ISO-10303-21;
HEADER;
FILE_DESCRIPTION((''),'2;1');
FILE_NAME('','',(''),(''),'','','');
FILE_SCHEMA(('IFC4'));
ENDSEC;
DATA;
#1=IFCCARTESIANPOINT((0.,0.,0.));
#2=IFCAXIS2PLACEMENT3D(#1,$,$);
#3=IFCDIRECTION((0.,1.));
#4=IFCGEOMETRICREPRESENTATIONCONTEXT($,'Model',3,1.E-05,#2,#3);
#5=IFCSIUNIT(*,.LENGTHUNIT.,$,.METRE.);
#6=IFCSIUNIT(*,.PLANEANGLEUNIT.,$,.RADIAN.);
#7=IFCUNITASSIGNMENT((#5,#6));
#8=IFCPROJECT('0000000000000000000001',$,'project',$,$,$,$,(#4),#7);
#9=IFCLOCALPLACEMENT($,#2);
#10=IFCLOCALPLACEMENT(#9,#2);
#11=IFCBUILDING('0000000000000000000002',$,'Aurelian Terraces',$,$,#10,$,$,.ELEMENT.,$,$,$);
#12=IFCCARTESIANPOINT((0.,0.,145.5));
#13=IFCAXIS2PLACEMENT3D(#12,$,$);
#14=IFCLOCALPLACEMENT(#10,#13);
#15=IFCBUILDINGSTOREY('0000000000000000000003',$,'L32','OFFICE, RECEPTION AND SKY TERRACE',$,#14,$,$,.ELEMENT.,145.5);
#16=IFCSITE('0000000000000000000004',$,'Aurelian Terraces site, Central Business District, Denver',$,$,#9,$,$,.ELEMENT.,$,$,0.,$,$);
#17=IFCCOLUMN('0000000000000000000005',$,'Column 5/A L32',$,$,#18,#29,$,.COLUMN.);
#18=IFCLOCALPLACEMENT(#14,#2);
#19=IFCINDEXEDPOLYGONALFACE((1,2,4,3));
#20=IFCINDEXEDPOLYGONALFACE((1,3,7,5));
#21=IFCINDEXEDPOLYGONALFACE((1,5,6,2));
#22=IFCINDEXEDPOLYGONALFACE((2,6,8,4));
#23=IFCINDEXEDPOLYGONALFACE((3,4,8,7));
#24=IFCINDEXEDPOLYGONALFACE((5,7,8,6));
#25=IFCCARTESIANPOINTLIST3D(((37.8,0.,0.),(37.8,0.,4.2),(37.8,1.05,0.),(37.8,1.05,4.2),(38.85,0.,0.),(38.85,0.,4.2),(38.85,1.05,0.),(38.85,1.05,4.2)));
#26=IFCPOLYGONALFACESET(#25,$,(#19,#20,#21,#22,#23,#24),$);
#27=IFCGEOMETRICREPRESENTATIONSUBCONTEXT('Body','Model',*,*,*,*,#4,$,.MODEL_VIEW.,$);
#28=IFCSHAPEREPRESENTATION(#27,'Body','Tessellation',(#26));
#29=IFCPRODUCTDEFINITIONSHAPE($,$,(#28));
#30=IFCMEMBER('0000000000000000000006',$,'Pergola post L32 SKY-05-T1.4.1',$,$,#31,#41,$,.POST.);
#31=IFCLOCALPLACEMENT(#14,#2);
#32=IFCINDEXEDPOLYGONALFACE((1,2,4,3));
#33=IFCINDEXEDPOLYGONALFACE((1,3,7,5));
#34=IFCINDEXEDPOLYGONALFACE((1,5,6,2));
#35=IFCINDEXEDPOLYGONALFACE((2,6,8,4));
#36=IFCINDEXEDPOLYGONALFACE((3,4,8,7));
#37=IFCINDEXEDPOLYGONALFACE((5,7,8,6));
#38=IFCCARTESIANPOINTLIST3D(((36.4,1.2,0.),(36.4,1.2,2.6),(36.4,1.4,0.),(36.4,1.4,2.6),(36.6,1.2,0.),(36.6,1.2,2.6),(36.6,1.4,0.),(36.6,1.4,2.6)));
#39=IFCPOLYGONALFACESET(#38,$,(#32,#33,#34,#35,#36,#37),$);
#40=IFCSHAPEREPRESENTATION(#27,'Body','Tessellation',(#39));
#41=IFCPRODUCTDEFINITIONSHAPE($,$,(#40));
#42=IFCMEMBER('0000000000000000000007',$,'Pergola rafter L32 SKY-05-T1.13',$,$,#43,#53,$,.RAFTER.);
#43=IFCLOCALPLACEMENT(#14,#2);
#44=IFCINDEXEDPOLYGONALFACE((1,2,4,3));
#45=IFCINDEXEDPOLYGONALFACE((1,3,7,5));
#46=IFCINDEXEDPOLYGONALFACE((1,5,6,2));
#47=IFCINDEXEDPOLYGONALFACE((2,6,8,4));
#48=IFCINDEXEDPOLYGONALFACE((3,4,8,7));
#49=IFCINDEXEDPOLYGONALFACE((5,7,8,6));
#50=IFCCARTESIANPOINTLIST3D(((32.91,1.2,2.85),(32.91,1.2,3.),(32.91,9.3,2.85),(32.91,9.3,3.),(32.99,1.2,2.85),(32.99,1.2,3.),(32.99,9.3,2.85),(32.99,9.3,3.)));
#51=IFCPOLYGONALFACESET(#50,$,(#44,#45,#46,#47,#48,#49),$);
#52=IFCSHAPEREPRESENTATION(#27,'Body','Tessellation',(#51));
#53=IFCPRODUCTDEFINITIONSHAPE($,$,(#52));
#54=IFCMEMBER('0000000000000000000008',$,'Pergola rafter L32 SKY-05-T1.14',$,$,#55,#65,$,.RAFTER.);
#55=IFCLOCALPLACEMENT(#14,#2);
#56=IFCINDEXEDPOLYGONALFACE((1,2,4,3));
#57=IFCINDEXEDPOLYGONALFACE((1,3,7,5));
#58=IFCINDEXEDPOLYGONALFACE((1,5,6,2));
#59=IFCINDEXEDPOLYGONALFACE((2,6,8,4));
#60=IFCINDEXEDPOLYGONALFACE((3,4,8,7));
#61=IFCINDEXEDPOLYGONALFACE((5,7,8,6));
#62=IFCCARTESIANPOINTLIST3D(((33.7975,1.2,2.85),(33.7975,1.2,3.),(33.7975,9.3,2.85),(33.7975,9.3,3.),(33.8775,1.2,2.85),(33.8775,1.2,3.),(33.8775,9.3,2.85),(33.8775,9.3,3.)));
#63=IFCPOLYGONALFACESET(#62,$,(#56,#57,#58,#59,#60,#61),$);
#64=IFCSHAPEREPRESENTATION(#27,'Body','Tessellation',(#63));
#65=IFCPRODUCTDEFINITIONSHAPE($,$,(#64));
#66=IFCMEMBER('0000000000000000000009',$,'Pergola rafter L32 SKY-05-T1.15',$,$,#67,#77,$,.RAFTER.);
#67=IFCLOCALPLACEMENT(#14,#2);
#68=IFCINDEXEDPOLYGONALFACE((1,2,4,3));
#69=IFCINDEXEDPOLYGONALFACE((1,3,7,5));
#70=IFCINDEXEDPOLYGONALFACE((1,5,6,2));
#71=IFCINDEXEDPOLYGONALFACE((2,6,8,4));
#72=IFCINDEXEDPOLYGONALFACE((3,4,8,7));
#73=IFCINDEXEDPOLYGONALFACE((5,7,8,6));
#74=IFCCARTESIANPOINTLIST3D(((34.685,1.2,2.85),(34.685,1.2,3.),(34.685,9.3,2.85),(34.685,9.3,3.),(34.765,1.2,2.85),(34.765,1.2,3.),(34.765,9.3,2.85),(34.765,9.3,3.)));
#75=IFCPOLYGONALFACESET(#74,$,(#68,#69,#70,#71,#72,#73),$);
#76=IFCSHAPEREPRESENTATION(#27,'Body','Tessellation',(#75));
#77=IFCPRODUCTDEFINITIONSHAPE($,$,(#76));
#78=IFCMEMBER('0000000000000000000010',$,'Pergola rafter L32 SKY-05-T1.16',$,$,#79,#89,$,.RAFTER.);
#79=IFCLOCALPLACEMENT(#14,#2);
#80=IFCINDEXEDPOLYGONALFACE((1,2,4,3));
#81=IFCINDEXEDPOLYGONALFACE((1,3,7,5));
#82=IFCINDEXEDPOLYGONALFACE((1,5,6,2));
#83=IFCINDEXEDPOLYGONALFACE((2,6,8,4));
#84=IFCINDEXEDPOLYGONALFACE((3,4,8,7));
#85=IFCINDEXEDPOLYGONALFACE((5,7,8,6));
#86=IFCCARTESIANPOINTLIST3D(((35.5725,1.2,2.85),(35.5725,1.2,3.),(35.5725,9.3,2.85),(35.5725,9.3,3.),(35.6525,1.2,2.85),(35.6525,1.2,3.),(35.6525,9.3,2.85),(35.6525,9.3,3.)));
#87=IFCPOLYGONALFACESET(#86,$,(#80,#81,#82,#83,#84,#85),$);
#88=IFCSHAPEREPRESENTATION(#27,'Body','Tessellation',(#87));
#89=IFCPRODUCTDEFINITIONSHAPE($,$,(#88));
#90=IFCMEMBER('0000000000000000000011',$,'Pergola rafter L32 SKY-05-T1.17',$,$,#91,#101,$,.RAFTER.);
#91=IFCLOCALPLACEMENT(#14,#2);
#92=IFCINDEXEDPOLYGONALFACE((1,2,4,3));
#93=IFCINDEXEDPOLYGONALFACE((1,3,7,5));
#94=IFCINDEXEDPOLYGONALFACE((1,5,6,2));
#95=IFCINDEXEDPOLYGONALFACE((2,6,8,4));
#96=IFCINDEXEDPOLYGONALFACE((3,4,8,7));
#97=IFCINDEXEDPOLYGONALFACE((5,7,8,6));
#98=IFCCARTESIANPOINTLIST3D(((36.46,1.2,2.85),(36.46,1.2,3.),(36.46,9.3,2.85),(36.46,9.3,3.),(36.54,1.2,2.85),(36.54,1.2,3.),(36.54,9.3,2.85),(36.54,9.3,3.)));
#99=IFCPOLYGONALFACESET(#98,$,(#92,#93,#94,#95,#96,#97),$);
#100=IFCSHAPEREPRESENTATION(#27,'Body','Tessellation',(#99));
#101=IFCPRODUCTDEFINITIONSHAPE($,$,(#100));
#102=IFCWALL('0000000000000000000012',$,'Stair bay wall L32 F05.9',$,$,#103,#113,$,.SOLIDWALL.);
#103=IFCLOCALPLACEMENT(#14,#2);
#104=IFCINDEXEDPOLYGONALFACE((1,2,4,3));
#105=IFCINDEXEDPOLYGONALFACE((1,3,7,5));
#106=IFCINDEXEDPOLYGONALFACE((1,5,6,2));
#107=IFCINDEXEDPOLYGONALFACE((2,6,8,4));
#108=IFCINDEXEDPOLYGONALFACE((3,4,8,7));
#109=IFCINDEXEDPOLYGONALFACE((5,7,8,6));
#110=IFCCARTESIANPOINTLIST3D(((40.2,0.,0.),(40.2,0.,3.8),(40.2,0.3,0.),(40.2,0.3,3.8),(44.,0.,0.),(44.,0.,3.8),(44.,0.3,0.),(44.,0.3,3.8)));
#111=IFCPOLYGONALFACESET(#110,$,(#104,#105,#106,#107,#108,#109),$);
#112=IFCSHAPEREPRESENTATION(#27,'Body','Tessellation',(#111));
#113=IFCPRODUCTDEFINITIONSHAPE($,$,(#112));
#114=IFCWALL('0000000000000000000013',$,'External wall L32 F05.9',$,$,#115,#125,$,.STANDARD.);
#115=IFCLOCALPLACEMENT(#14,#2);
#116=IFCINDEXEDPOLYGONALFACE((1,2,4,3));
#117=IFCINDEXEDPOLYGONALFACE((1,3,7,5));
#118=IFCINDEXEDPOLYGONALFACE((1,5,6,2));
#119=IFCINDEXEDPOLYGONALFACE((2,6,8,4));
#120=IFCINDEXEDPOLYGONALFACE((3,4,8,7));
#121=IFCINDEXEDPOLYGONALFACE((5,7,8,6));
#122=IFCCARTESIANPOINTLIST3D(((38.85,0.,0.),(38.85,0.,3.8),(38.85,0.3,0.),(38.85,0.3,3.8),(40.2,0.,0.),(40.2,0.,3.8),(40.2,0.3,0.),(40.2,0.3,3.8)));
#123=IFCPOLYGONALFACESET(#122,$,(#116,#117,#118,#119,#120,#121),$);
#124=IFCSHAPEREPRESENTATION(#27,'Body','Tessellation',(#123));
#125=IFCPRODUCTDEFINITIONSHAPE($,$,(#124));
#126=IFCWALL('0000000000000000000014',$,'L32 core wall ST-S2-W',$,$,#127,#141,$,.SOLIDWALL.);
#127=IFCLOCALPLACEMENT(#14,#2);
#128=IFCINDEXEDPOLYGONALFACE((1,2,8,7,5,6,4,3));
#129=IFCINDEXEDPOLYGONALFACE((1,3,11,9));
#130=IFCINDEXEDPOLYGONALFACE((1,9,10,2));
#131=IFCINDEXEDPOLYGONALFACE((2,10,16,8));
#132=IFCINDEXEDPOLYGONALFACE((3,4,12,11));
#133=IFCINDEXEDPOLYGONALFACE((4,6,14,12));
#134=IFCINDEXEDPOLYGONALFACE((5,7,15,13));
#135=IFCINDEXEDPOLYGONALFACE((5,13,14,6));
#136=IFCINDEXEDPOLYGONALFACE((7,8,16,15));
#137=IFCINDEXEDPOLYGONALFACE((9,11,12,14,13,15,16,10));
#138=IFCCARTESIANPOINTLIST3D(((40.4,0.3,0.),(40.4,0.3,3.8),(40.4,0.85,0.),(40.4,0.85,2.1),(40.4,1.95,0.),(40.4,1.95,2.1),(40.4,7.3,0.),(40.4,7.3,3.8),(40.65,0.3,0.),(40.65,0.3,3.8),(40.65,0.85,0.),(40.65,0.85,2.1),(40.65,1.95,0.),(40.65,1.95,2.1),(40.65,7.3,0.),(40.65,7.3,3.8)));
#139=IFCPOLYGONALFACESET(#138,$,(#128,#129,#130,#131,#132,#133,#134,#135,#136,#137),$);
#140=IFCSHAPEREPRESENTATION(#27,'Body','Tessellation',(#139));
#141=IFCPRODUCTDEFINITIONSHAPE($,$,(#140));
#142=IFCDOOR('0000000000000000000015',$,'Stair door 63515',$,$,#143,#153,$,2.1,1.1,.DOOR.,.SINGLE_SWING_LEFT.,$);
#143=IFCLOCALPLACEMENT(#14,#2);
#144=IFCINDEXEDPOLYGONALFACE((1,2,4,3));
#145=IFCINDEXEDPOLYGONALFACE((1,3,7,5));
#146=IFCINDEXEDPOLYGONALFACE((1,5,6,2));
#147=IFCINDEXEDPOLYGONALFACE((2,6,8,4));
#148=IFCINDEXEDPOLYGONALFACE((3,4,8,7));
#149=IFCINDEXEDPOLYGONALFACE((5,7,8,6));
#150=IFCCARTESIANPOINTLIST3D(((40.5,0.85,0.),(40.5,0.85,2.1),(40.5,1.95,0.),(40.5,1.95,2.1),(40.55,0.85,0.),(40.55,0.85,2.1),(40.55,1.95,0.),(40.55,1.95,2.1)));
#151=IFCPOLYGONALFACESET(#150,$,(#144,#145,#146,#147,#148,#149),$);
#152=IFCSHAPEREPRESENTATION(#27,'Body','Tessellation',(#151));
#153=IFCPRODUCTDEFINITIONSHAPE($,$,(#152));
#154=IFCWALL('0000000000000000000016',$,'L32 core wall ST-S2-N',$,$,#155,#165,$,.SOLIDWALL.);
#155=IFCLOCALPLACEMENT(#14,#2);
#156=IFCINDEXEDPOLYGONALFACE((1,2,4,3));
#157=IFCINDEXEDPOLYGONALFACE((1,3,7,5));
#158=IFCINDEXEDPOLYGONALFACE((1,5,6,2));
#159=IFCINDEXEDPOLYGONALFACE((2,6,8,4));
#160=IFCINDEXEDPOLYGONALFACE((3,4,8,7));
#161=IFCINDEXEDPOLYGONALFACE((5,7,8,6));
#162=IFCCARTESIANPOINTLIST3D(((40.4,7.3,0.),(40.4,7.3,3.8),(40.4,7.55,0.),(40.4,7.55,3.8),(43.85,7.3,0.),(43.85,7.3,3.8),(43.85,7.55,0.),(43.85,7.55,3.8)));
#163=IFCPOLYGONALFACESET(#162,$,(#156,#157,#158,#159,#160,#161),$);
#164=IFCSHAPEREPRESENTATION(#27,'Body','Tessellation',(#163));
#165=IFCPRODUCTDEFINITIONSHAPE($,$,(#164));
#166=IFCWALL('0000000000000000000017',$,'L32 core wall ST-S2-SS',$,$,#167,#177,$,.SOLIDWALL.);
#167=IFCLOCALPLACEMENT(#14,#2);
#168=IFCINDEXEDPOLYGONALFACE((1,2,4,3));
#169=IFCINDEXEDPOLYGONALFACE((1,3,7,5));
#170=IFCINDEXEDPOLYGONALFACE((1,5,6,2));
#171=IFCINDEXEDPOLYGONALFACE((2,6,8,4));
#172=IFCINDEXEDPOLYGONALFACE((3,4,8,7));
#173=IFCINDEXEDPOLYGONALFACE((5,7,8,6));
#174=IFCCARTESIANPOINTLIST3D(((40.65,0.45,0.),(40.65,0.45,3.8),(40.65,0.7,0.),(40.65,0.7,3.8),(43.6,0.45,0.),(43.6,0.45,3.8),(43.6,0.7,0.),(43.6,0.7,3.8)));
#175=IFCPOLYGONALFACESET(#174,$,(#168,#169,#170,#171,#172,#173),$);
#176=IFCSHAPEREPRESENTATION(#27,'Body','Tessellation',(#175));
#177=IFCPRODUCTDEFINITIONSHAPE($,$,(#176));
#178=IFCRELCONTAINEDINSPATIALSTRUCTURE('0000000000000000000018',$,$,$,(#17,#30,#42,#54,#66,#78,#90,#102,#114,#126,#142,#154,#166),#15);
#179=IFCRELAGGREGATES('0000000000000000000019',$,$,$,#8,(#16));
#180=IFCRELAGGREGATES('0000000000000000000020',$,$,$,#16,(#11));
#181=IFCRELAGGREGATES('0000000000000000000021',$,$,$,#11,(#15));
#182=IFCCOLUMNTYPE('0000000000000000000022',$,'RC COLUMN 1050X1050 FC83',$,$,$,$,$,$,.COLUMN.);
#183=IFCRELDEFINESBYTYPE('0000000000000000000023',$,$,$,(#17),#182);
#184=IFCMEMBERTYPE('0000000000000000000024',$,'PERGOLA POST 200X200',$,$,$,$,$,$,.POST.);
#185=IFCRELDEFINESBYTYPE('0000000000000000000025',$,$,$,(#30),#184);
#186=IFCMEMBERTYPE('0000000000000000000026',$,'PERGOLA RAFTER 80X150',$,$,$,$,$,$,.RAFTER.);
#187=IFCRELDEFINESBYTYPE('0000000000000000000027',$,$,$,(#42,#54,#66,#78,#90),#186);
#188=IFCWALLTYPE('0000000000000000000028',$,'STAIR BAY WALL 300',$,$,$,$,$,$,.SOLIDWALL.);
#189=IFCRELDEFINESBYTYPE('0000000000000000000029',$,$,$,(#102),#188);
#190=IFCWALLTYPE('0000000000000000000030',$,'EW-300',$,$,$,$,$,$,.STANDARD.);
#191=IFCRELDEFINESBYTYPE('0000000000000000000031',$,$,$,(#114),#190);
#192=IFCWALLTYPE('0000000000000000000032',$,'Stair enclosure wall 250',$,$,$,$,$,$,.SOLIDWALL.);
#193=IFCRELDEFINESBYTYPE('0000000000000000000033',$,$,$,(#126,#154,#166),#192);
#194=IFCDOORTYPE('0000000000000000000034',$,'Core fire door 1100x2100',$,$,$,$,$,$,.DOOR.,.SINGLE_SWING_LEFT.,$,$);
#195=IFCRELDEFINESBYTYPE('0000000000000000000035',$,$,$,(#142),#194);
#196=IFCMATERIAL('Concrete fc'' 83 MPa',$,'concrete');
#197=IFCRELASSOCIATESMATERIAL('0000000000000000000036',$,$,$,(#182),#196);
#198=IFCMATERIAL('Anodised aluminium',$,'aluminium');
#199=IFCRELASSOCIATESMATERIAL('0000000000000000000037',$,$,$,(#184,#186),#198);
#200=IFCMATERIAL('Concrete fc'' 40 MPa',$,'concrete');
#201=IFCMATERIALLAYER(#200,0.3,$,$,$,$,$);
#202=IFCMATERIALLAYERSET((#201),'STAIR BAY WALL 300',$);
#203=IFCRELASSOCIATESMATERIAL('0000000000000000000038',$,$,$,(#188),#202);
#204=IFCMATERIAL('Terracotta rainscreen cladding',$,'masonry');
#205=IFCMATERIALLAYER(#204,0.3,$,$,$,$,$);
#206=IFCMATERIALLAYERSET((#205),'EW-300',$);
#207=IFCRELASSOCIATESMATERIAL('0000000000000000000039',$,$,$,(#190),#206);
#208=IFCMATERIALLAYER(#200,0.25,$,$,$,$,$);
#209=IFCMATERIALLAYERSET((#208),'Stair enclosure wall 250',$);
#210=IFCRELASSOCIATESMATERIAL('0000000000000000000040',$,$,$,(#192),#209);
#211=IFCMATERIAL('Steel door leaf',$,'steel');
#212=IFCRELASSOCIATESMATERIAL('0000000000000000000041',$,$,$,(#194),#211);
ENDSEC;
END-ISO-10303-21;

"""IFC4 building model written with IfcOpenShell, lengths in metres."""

from ifc_helpers import new_model, si_unit, direction, frame, frame_2d, origin, origin_2d, place, context, subcontext, project, spatial, rectangle, extrude, source, transform, mapped, material, layer, layer_set, material_profile, profile_set, type_object, element, fill, save


model = new_model("IFC4")

# Units and contexts
model_context = context("Model", 3, precision=1e-05, world=origin(), true_north=direction((0.0, 1.0)))
body_context = subcontext(model_context, "Body", "Model", "MODEL_VIEW")
ifc_project = project(units=[si_unit("LENGTHUNIT", "METRE"), si_unit("PLANEANGLEUNIT", "RADIAN")], contexts=[model_context])

# Site, building, storey
site_placement = place(None, origin())
site = spatial("IfcSite", under=ifc_project, at=site_placement, Name="Aurelian Terraces site, Central Business District, Denver", CompositionType="ELEMENT", RefElevation=0.0)
building_placement = place(site_placement, origin())
building = spatial("IfcBuilding", under=site, at=building_placement, Name="Aurelian Terraces", CompositionType="ELEMENT")
storey_placement = place(building_placement, frame((0.0, 0.0, 145.5)))
storey = spatial("IfcBuildingStorey", under=building, at=storey_placement, Name="L32", Description="OFFICE, RECEPTION AND SKY TERRACE", CompositionType="ELEMENT", Elevation=145.5)

# Column
ifc_material_1 = material(Name="Concrete fc' 83 MPa", Category="concrete")
ifc_material_profile_1 = material_profile(ifc_material_1, rectangle(XDim=1.05, YDim=1.05, at=origin_2d()))
ifc_profile_set_1 = profile_set([ifc_material_profile_1], Name="Concrete fc' 83 MPa")
column_type = type_object("IfcColumnType", Name="RC COLUMN 1050X1050 FC83", PredefinedType="COLUMN", material=ifc_profile_set_1)
shared_shape_1 = source(origin(), body_context, "Body", "SweptSolid", [
    extrude(rectangle(XDim=1.05, YDim=1.05, at=origin_2d()), origin(), (0.0, 0.0, 1.0), 4.2),
])
column_placement = place(storey_placement, frame((38.325, 0.525, 0.0), z_axis=(0.0, 0.0, 1.0), x_axis=(1.0, 0.0, 0.0)))
element("IfcColumn", 1, at=column_placement, inside=storey, type_object=column_type, Name="Column 5/A L32", PredefinedType="COLUMN", context=body_context, shape_type="MappedRepresentation", body=[
    mapped(shared_shape_1, transform((0.0, 0.0, 0.0), scale=1.0)),
])

# Members
ifc_material_2 = material(Name="Anodised aluminium", Category="aluminium")
ifc_material_profile_2 = material_profile(ifc_material_2, rectangle(XDim=0.2, YDim=0.2, at=origin_2d()))
ifc_profile_set_2 = profile_set([ifc_material_profile_2], Name="Anodised aluminium")
member_type_1 = type_object("IfcMemberType", Name="PERGOLA POST 200X200", PredefinedType="POST", material=ifc_profile_set_2)
shared_shape_2 = source(origin(), body_context, "Body", "SweptSolid", [
    extrude(rectangle(XDim=0.2, YDim=0.2, at=origin_2d()), origin(), (0.0, 0.0, 1.0), 2.6),
])
member_placement = place(storey_placement, frame((36.5, 1.3, 0.0), z_axis=(0.0, 0.0, 1.0), x_axis=(1.0, 0.0, 0.0)))
element("IfcMember", 2, at=member_placement, inside=storey, type_object=member_type_1, Name="Pergola post L32 SKY-05-T1.4.1", PredefinedType="POST", context=body_context, shape_type="MappedRepresentation", body=[
    mapped(shared_shape_2, transform((0.0, 0.0, 0.0), scale=1.0)),
])
ifc_material_profile_3 = material_profile(ifc_material_2, rectangle(XDim=0.08, YDim=0.15, at=origin_2d()))
ifc_profile_set_3 = profile_set([ifc_material_profile_3], Name="Anodised aluminium")
member_type_2 = type_object("IfcMemberType", Name="PERGOLA RAFTER 80X150", PredefinedType="RAFTER", material=ifc_profile_set_3)
shared_shape_3 = source(origin(), body_context, "Body", "SweptSolid", [
    extrude(rectangle(XDim=0.08, YDim=0.15, at=origin_2d()), origin(), (0.0, 0.0, 1.0), 8.1),
])
for number, where, z_axis, x_axis, name in (
    (3, (32.95, 1.2, 2.925), (0.0, 1.0, 0.0), (-1.0, 0.0, 0.0), "Pergola rafter L32 SKY-05-T1.13"),
    (4, (33.8375, 1.2, 2.925), (0.0, 1.0, 0.0), (-1.0, 0.0, 0.0), "Pergola rafter L32 SKY-05-T1.14"),
    (5, (34.725, 1.2, 2.925), (0.0, 1.0, 0.0), (-1.0, 0.0, 0.0), "Pergola rafter L32 SKY-05-T1.15"),
    (6, (35.6125, 1.2, 2.925), (0.0, 1.0, 0.0), (-1.0, 0.0, 0.0), "Pergola rafter L32 SKY-05-T1.16"),
    (7, (36.5, 1.2, 2.925), (0.0, 1.0, 0.0), (-1.0, 0.0, 0.0), "Pergola rafter L32 SKY-05-T1.17"),
):
    element("IfcMember", number, at=place(storey_placement, frame(where, z_axis=z_axis, x_axis=x_axis)), inside=storey, type_object=member_type_2, Name=name, PredefinedType="RAFTER", context=body_context, shape_type="MappedRepresentation", body=[
        mapped(shared_shape_3, transform((0.0, 0.0, 0.0), scale=1.0)),
    ])

# Walls
ifc_material_3 = material(Name="Concrete fc' 40 MPa", Category="concrete")
ifc_layer_1 = layer(ifc_material_3, 0.3)
ifc_layer_set_1 = layer_set([ifc_layer_1], Name="STAIR BAY WALL 300")
wall_type_1 = type_object("IfcWallType", Name="STAIR BAY WALL 300", PredefinedType="SOLIDWALL", material=ifc_layer_set_1)
shared_shape_4 = source(origin(), body_context, "Body", "SweptSolid", [
    extrude(rectangle(XDim=3.8, YDim=0.3, at=frame_2d((1.9, 0.0))), origin(), (0.0, 0.0, 1.0), 3.8),
])
wall_1_placement = place(storey_placement, frame((40.2, 0.15, 0.0), z_axis=(0.0, 0.0, 1.0), x_axis=(1.0, 0.0, 0.0)))
element("IfcWall", 8, at=wall_1_placement, inside=storey, type_object=wall_type_1, Name="Stair bay wall L32 F05.9", PredefinedType="SOLIDWALL", context=body_context, shape_type="MappedRepresentation", body=[
    mapped(shared_shape_4, transform((0.0, 0.0, 0.0), scale=1.0)),
])
ifc_material_4 = material(Name="Terracotta rainscreen cladding", Category="masonry")
ifc_layer_2 = layer(ifc_material_4, 0.3)
ifc_layer_set_2 = layer_set([ifc_layer_2], Name="EW-300")
wall_type_2 = type_object("IfcWallType", Name="EW-300", PredefinedType="STANDARD", material=ifc_layer_set_2)
shared_shape_5 = source(origin(), body_context, "Body", "SweptSolid", [
    extrude(rectangle(XDim=1.35, YDim=0.3, at=frame_2d((0.675, 0.0))), origin(), (0.0, 0.0, 1.0), 3.8),
])
wall_2_placement = place(storey_placement, frame((38.85, 0.15, 0.0), z_axis=(0.0, 0.0, 1.0), x_axis=(1.0, 0.0, 0.0)))
element("IfcWall", 9, at=wall_2_placement, inside=storey, type_object=wall_type_2, Name="External wall L32 F05.9", PredefinedType="STANDARD", context=body_context, shape_type="MappedRepresentation", body=[
    mapped(shared_shape_5, transform((0.0, 0.0, 0.0), scale=1.0)),
])

# Wall, opening, door
ifc_layer_3 = layer(ifc_material_3, 0.25)
ifc_layer_set_3 = layer_set([ifc_layer_3], Name="Stair enclosure wall 250")
wall_type_3 = type_object("IfcWallType", Name="Stair enclosure wall 250", PredefinedType="SOLIDWALL", material=ifc_layer_set_3)
shared_shape_6 = source(origin(), body_context, "Body", "SweptSolid", [
    extrude(rectangle(XDim=7.0, YDim=0.25, at=frame_2d((3.5, 0.0))), origin(), (0.0, 0.0, 1.0), 3.8),
])
wall_3_placement = place(storey_placement, frame((40.525, 0.3, 0.0), z_axis=(0.0, 0.0, 1.0), x_axis=(0.0, 1.0, 0.0)))
wall_3 = element("IfcWall", 10, at=wall_3_placement, inside=storey, type_object=wall_type_3, Name="L32 core wall ST-S2-W", PredefinedType="SOLIDWALL", context=body_context, shape_type="MappedRepresentation", body=[
    mapped(shared_shape_6, transform((0.0, 0.0, 0.0), scale=1.0)),
])
shared_shape_7 = source(origin(), body_context, "Body", "SweptSolid", [
    extrude(rectangle(XDim=1.1, YDim=2.1, at=frame_2d((0.55, 1.05))), frame((0.0, 0.135, 0.0), z_axis=(0.0, -1.0, 0.0), x_axis=(1.0, 0.0, 0.0)), (0.0, 0.0, 1.0), 0.27),
])
opening_1_placement = place(wall_3_placement, frame((0.55, 0.0, 0.0)))
opening_1 = element("IfcOpeningElement", 11, at=opening_1_placement, cuts=wall_3, PredefinedType="OPENING", context=body_context, shape_type="MappedRepresentation", body=[
    mapped(shared_shape_7, transform((0.0, 0.0, 0.0), scale=1.0)),
])
ifc_material_5 = material(Name="Steel door leaf", Category="steel")
door_type_1 = type_object("IfcDoorType", Name="Core fire door 1100x2100", OperationType="SINGLE_SWING_LEFT", PredefinedType="DOOR", material=ifc_material_5)
shared_shape_8 = source(origin(), body_context, "Body", "SweptSolid", [
    extrude(rectangle(XDim=1.1, YDim=2.1, at=frame_2d((0.55, 1.05))), frame((0.0, 0.025, 0.0), z_axis=(0.0, -1.0, 0.0), x_axis=(1.0, 0.0, 0.0)), (0.0, 0.0, 1.0), 0.05),
])
door_1_placement = place(opening_1_placement, origin())
door_1 = element("IfcDoor", 12, at=door_1_placement, inside=storey, type_object=door_type_1, Name="Stair door 63515", OperationType="SINGLE_SWING_LEFT", OverallHeight=2.1, OverallWidth=1.1, PredefinedType="DOOR", context=body_context, shape_type="MappedRepresentation", body=[
    mapped(shared_shape_8, transform((0.0, 0.0, 0.0), scale=1.0)),
])
fill(opening_1, door_1)

# Walls
shared_shape_9 = source(origin(), body_context, "Body", "SweptSolid", [
    extrude(rectangle(XDim=3.45, YDim=0.25, at=frame_2d((1.725, 0.0))), origin(), (0.0, 0.0, 1.0), 3.8),
])
wall_4_placement = place(storey_placement, frame((40.4, 7.425, 0.0), z_axis=(0.0, 0.0, 1.0), x_axis=(1.0, 0.0, 0.0)))
element("IfcWall", 13, at=wall_4_placement, inside=storey, type_object=wall_type_3, Name="L32 core wall ST-S2-N", PredefinedType="SOLIDWALL", context=body_context, shape_type="MappedRepresentation", body=[
    mapped(shared_shape_9, transform((0.0, 0.0, 0.0), scale=1.0)),
])
shared_shape_10 = source(origin(), body_context, "Body", "SweptSolid", [
    extrude(rectangle(XDim=2.95, YDim=0.25, at=frame_2d((1.475, 0.0))), origin(), (0.0, 0.0, 1.0), 3.8),
])
wall_5_placement = place(storey_placement, frame((40.65, 0.575, 0.0), z_axis=(0.0, 0.0, 1.0), x_axis=(1.0, 0.0, 0.0)))
element("IfcWall", 14, at=wall_5_placement, inside=storey, type_object=wall_type_3, Name="L32 core wall ST-S2-SS", PredefinedType="SOLIDWALL", context=body_context, shape_type="MappedRepresentation", body=[
    mapped(shared_shape_10, transform((0.0, 0.0, 0.0), scale=1.0)),
])

save(model, "model.ifc")
